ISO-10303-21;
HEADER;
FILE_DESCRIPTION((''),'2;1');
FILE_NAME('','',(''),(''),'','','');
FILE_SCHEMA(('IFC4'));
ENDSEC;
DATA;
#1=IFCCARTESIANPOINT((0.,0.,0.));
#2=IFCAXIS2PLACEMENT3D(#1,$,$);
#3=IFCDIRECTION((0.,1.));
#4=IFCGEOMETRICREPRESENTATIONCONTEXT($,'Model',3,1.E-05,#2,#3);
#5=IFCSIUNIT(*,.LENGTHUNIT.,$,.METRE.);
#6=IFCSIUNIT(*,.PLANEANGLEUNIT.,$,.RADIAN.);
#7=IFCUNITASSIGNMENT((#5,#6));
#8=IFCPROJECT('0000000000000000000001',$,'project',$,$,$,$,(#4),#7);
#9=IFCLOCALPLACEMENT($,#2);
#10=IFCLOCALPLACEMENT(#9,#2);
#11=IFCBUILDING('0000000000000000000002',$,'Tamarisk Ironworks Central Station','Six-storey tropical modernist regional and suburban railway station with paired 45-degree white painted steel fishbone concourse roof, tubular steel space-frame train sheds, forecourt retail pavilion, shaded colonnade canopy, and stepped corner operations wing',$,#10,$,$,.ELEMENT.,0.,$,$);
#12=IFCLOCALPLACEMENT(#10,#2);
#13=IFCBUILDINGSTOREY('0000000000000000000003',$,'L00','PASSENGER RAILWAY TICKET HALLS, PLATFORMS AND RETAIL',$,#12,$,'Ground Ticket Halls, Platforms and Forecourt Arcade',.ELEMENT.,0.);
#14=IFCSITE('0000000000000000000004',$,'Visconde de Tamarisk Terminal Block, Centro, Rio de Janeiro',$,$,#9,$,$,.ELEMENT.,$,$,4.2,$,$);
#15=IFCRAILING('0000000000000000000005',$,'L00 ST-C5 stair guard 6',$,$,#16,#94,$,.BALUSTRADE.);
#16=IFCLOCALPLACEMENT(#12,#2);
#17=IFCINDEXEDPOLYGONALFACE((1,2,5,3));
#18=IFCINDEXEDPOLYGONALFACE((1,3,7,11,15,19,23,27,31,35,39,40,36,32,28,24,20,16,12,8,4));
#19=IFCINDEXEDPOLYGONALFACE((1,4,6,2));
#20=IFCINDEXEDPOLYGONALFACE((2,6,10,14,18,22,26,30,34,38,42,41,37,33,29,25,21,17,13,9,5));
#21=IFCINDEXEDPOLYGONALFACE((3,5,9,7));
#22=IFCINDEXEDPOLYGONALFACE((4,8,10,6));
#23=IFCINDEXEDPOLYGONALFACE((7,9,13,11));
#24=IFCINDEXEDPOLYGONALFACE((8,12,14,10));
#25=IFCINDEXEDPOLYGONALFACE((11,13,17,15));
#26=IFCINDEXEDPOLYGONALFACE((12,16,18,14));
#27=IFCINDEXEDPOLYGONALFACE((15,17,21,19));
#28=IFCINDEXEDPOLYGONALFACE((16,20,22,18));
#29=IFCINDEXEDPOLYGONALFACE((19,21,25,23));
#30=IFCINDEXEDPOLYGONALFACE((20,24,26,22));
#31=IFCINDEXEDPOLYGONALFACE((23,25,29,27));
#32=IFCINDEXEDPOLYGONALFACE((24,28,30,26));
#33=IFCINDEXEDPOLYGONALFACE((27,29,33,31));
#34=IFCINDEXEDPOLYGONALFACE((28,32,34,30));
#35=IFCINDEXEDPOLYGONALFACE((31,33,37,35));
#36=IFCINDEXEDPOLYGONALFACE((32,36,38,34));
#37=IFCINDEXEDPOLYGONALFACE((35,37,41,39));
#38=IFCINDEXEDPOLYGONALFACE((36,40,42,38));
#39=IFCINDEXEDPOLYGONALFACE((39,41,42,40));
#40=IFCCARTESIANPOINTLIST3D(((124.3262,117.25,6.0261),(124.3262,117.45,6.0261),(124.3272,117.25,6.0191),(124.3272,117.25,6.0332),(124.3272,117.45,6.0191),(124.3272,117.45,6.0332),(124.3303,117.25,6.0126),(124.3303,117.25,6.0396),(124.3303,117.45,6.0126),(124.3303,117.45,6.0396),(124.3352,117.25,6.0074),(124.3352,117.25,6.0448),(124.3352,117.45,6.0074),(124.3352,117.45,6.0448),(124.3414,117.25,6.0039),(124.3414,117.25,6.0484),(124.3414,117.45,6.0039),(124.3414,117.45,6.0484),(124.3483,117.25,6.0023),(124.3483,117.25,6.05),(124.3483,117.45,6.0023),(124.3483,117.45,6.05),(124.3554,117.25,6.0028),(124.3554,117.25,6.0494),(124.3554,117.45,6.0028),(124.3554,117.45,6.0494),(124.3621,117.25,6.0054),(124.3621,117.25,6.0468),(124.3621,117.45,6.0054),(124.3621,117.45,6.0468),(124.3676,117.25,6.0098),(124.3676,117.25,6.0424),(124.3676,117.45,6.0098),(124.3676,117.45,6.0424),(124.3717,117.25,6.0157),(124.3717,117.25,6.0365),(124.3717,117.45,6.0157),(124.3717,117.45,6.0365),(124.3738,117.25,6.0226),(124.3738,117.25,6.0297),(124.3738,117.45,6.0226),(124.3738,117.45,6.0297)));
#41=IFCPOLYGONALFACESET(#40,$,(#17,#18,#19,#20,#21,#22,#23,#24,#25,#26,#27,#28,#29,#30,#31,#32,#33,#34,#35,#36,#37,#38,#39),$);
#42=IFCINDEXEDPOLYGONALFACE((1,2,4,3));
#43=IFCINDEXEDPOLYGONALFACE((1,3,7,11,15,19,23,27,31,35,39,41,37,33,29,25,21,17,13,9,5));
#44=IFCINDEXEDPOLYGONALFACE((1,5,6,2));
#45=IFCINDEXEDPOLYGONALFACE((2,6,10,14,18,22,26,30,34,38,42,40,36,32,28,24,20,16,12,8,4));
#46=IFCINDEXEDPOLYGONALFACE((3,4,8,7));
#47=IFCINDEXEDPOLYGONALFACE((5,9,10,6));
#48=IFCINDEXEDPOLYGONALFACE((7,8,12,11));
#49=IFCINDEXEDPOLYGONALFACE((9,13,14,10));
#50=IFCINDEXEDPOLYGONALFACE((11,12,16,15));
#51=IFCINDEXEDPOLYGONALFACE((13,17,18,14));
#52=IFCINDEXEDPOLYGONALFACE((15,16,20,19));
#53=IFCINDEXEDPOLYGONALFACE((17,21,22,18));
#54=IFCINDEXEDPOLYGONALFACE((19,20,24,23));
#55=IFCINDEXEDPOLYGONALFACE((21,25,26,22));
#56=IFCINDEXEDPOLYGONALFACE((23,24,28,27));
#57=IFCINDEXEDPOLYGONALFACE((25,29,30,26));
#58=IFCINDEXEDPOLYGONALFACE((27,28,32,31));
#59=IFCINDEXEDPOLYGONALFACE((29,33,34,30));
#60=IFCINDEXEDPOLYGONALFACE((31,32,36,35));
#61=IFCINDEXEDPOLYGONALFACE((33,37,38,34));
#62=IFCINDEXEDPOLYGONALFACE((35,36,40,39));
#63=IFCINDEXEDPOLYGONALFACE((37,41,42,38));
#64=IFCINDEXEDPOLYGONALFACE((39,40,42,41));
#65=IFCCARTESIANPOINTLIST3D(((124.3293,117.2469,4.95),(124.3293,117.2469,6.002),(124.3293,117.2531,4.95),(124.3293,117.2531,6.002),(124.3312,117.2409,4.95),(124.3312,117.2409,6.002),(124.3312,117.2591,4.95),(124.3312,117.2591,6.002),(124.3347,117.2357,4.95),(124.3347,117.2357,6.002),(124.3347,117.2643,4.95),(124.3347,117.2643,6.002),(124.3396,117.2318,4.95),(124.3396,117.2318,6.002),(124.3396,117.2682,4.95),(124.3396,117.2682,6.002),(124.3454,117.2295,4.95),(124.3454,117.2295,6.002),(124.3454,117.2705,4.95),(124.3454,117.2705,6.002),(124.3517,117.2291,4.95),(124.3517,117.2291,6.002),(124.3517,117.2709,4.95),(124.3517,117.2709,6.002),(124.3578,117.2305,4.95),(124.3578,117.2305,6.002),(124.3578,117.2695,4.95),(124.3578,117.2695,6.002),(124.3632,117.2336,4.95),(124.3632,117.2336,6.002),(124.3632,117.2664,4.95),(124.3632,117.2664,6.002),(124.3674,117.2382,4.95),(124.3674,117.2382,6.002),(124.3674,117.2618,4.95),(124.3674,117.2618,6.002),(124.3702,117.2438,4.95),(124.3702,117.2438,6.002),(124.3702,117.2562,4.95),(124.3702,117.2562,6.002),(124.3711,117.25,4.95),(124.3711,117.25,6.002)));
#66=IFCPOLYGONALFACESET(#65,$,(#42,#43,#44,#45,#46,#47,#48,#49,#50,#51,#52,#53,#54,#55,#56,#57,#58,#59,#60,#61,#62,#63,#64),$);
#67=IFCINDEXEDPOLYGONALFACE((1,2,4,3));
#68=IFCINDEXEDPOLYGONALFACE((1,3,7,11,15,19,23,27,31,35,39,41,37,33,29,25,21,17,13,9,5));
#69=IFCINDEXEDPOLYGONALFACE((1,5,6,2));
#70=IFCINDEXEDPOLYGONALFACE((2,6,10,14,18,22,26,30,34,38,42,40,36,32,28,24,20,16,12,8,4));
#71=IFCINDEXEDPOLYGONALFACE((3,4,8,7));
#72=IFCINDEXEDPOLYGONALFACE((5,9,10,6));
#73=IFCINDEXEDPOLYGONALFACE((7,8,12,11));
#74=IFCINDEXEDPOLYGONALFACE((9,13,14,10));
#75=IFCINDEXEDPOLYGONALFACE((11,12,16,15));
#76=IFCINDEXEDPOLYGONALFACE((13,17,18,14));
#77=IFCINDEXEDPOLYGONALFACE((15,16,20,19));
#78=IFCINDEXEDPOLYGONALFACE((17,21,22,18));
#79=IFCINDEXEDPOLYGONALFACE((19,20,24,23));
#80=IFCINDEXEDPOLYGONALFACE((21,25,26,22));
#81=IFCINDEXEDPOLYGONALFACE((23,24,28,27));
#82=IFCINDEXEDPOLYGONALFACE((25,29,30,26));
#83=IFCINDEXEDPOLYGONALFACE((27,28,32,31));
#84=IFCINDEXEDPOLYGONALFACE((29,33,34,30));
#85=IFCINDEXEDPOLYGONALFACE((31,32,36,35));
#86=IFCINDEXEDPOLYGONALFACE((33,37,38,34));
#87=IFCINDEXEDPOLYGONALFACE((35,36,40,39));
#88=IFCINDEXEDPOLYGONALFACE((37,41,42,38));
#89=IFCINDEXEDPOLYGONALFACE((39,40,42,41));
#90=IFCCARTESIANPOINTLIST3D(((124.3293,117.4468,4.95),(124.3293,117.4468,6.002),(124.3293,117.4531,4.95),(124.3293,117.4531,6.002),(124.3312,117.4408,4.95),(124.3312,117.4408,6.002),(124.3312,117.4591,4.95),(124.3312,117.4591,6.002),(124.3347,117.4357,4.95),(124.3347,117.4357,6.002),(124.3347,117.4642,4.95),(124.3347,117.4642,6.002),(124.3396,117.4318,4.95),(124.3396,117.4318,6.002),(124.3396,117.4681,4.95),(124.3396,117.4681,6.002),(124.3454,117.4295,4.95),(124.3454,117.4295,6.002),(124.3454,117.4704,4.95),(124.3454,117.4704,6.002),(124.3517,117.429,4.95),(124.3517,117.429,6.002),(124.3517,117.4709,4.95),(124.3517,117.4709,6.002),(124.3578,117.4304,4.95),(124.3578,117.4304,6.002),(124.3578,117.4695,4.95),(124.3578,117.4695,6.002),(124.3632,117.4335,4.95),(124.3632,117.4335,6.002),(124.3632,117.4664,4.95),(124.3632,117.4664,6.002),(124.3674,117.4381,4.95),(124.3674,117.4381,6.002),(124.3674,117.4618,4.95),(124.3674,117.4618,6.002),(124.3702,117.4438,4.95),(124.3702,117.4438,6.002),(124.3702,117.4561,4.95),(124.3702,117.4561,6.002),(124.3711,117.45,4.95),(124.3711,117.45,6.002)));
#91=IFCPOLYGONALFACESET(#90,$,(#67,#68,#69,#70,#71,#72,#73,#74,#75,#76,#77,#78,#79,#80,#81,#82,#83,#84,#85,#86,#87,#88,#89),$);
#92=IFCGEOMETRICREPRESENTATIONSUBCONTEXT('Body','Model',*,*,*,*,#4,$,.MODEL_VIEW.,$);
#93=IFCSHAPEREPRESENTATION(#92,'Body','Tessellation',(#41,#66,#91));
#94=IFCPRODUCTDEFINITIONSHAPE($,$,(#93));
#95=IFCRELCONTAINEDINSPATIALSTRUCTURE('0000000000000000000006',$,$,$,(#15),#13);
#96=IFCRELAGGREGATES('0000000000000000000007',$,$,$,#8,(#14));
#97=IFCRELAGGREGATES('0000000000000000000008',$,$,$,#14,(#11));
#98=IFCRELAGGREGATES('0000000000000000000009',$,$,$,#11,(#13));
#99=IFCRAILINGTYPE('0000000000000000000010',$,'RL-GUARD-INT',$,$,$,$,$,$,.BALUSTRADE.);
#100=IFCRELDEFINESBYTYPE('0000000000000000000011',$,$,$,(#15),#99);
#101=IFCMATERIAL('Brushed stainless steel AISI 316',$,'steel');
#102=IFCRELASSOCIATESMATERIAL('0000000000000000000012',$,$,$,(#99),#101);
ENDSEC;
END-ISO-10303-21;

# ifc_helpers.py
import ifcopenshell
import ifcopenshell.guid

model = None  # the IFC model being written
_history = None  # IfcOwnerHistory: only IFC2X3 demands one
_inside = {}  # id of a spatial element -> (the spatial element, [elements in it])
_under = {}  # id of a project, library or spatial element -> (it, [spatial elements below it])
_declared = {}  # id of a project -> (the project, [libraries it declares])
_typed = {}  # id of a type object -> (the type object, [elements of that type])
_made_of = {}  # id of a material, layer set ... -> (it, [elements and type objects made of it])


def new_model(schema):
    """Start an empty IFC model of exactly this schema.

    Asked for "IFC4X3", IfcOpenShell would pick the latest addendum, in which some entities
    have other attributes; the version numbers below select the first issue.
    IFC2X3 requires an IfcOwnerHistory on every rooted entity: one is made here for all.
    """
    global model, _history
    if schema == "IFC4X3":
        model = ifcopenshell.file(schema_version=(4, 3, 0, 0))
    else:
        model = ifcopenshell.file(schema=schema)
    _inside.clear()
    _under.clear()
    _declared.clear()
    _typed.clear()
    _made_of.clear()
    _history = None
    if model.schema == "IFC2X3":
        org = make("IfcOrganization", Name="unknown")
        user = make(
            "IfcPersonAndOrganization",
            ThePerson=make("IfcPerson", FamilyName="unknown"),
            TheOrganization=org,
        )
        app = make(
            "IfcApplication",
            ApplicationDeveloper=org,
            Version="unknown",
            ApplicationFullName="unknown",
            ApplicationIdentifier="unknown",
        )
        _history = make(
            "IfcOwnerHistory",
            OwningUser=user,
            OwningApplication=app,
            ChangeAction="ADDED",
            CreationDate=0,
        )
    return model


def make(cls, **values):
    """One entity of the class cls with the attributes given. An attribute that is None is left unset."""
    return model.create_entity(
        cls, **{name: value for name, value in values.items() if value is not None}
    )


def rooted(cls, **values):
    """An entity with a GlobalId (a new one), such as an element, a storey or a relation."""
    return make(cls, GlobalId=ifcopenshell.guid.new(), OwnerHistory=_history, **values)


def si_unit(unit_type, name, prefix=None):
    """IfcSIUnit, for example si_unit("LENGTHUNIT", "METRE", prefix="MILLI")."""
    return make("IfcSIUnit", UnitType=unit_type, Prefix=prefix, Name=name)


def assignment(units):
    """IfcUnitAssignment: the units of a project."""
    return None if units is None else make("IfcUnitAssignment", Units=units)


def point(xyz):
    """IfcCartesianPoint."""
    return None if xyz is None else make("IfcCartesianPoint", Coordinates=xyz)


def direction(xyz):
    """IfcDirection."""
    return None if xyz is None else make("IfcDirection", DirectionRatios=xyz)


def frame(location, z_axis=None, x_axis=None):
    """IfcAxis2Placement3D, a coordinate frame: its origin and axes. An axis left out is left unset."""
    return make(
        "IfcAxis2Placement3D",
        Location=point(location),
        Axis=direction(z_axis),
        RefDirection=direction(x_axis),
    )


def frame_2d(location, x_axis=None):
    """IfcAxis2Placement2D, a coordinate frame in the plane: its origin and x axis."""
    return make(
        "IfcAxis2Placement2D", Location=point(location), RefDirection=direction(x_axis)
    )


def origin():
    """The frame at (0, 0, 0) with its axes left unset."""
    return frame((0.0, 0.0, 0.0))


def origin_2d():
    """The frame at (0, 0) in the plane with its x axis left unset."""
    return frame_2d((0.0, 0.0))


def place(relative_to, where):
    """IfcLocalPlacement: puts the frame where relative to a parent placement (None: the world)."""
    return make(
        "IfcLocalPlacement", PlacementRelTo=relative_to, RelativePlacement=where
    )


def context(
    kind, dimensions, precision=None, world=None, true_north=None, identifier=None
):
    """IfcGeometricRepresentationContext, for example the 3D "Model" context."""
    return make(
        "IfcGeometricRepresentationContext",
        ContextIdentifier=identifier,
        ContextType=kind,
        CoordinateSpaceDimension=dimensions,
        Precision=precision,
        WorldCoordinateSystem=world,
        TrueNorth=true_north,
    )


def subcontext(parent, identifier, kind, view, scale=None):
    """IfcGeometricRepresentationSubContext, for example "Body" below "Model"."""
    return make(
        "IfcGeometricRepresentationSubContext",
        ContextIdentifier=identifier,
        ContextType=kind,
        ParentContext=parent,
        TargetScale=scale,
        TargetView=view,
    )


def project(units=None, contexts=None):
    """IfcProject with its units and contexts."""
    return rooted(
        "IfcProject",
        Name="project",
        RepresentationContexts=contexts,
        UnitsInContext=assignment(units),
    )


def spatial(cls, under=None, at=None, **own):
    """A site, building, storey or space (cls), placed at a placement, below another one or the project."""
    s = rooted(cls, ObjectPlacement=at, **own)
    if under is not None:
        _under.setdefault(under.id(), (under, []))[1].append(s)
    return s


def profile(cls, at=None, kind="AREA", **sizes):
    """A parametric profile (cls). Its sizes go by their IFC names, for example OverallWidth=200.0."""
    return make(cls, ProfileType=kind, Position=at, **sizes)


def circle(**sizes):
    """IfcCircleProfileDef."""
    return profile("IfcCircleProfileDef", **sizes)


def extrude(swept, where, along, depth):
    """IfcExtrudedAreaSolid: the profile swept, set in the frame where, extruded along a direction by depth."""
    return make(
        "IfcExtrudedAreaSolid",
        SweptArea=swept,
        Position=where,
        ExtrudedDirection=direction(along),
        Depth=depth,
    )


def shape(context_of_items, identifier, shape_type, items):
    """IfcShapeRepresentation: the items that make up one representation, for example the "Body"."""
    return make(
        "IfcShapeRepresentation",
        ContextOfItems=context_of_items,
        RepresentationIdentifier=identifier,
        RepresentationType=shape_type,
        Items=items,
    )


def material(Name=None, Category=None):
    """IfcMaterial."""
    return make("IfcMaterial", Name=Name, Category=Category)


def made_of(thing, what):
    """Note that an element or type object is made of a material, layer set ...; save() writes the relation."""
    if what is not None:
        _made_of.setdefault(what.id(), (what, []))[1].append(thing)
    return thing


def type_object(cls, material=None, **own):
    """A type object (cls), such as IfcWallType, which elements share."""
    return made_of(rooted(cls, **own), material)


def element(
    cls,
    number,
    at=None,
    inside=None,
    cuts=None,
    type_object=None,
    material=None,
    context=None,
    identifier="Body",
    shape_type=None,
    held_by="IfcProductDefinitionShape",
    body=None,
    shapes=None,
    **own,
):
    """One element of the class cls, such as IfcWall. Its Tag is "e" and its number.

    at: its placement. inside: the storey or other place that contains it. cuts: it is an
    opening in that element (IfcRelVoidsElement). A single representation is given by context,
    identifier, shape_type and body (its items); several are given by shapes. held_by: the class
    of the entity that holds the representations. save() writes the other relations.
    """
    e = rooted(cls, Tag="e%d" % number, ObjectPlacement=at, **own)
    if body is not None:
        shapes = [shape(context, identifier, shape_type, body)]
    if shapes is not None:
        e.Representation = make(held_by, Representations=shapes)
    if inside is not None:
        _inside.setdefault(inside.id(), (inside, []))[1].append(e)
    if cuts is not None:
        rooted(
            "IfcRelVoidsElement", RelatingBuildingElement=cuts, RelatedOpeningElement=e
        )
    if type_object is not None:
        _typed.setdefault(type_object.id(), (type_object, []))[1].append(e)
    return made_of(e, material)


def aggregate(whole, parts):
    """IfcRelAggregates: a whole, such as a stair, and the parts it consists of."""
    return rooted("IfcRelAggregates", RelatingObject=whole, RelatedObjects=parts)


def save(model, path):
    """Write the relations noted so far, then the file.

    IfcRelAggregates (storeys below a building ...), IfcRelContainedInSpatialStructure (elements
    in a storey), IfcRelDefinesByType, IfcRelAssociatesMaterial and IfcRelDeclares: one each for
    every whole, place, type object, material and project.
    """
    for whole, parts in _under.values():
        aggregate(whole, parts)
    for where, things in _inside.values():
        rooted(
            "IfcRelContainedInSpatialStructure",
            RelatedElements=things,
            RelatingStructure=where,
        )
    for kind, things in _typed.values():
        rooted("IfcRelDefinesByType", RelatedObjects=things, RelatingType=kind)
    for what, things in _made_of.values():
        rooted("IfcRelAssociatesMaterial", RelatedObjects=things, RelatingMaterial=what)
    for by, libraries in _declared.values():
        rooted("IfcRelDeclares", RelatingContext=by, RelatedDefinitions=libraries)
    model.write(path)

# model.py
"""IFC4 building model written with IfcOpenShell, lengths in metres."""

from ifc_helpers import new_model, si_unit, direction, frame, origin, origin_2d, place, context, subcontext, project, spatial, circle, extrude, material, type_object, element, save


model = new_model("IFC4")

# Units and contexts
model_context = context("Model", 3, precision=1e-05, world=origin(), true_north=direction((0.0, 1.0)))
body_context = subcontext(model_context, "Body", "Model", "MODEL_VIEW")
ifc_project = project(units=[si_unit("LENGTHUNIT", "METRE"), si_unit("PLANEANGLEUNIT", "RADIAN")], contexts=[model_context])

# Site, building, storey
site_placement = place(None, origin())
site = spatial("IfcSite", under=ifc_project, at=site_placement, Name="Visconde de Tamarisk Terminal Block, Centro, Rio de Janeiro", CompositionType="ELEMENT", RefElevation=4.2)
building_placement = place(site_placement, origin())
building = spatial("IfcBuilding", under=site, at=building_placement, Name="Tamarisk Ironworks Central Station", Description="Six-storey tropical modernist regional and suburban railway station with paired 45-degree white painted steel fishbone concourse roof, tubular steel space-frame train sheds, forecourt retail pavilion, shaded colonnade canopy, and stepped corner operations wing", CompositionType="ELEMENT", ElevationOfRefHeight=0.0)
storey_placement = place(building_placement, origin())
storey = spatial("IfcBuildingStorey", under=building, at=storey_placement, Name="L00", Description="PASSENGER RAILWAY TICKET HALLS, PLATFORMS AND RETAIL", LongName="Ground Ticket Halls, Platforms and Forecourt Arcade", CompositionType="ELEMENT", Elevation=0.0)

# Railing
ifc_material_1 = material(Name="Brushed stainless steel AISI 316", Category="steel")
railing_type_1 = type_object("IfcRailingType", Name="RL-GUARD-INT", PredefinedType="BALUSTRADE", material=ifc_material_1)
railing_1_placement = place(storey_placement, frame((124.3501, 117.25, 4.95)))
element("IfcRailing", 1, at=railing_1_placement, inside=storey, type_object=railing_type_1, Name="L00 ST-C5 stair guard 6", PredefinedType="BALUSTRADE", context=body_context, shape_type="SweptSolid", body=[
    extrude(circle(Radius=0.0239, at=origin_2d()), frame((0.0, 0.0, 1.0762), z_axis=(0.0, 1.0, 0.0), x_axis=(-1.0, 0.0, 0.0)), (0.0, 0.0, 1.0), 0.2),
    extrude(circle(Radius=0.021, at=origin_2d()), origin(), (0.0, 0.0, 1.0), 1.052),
    extrude(circle(Radius=0.021, at=origin_2d()), frame((0.0, 0.2, 0.0)), (0.0, 0.0, 1.0), 1.052),
])

save(model, "model.ifc")
